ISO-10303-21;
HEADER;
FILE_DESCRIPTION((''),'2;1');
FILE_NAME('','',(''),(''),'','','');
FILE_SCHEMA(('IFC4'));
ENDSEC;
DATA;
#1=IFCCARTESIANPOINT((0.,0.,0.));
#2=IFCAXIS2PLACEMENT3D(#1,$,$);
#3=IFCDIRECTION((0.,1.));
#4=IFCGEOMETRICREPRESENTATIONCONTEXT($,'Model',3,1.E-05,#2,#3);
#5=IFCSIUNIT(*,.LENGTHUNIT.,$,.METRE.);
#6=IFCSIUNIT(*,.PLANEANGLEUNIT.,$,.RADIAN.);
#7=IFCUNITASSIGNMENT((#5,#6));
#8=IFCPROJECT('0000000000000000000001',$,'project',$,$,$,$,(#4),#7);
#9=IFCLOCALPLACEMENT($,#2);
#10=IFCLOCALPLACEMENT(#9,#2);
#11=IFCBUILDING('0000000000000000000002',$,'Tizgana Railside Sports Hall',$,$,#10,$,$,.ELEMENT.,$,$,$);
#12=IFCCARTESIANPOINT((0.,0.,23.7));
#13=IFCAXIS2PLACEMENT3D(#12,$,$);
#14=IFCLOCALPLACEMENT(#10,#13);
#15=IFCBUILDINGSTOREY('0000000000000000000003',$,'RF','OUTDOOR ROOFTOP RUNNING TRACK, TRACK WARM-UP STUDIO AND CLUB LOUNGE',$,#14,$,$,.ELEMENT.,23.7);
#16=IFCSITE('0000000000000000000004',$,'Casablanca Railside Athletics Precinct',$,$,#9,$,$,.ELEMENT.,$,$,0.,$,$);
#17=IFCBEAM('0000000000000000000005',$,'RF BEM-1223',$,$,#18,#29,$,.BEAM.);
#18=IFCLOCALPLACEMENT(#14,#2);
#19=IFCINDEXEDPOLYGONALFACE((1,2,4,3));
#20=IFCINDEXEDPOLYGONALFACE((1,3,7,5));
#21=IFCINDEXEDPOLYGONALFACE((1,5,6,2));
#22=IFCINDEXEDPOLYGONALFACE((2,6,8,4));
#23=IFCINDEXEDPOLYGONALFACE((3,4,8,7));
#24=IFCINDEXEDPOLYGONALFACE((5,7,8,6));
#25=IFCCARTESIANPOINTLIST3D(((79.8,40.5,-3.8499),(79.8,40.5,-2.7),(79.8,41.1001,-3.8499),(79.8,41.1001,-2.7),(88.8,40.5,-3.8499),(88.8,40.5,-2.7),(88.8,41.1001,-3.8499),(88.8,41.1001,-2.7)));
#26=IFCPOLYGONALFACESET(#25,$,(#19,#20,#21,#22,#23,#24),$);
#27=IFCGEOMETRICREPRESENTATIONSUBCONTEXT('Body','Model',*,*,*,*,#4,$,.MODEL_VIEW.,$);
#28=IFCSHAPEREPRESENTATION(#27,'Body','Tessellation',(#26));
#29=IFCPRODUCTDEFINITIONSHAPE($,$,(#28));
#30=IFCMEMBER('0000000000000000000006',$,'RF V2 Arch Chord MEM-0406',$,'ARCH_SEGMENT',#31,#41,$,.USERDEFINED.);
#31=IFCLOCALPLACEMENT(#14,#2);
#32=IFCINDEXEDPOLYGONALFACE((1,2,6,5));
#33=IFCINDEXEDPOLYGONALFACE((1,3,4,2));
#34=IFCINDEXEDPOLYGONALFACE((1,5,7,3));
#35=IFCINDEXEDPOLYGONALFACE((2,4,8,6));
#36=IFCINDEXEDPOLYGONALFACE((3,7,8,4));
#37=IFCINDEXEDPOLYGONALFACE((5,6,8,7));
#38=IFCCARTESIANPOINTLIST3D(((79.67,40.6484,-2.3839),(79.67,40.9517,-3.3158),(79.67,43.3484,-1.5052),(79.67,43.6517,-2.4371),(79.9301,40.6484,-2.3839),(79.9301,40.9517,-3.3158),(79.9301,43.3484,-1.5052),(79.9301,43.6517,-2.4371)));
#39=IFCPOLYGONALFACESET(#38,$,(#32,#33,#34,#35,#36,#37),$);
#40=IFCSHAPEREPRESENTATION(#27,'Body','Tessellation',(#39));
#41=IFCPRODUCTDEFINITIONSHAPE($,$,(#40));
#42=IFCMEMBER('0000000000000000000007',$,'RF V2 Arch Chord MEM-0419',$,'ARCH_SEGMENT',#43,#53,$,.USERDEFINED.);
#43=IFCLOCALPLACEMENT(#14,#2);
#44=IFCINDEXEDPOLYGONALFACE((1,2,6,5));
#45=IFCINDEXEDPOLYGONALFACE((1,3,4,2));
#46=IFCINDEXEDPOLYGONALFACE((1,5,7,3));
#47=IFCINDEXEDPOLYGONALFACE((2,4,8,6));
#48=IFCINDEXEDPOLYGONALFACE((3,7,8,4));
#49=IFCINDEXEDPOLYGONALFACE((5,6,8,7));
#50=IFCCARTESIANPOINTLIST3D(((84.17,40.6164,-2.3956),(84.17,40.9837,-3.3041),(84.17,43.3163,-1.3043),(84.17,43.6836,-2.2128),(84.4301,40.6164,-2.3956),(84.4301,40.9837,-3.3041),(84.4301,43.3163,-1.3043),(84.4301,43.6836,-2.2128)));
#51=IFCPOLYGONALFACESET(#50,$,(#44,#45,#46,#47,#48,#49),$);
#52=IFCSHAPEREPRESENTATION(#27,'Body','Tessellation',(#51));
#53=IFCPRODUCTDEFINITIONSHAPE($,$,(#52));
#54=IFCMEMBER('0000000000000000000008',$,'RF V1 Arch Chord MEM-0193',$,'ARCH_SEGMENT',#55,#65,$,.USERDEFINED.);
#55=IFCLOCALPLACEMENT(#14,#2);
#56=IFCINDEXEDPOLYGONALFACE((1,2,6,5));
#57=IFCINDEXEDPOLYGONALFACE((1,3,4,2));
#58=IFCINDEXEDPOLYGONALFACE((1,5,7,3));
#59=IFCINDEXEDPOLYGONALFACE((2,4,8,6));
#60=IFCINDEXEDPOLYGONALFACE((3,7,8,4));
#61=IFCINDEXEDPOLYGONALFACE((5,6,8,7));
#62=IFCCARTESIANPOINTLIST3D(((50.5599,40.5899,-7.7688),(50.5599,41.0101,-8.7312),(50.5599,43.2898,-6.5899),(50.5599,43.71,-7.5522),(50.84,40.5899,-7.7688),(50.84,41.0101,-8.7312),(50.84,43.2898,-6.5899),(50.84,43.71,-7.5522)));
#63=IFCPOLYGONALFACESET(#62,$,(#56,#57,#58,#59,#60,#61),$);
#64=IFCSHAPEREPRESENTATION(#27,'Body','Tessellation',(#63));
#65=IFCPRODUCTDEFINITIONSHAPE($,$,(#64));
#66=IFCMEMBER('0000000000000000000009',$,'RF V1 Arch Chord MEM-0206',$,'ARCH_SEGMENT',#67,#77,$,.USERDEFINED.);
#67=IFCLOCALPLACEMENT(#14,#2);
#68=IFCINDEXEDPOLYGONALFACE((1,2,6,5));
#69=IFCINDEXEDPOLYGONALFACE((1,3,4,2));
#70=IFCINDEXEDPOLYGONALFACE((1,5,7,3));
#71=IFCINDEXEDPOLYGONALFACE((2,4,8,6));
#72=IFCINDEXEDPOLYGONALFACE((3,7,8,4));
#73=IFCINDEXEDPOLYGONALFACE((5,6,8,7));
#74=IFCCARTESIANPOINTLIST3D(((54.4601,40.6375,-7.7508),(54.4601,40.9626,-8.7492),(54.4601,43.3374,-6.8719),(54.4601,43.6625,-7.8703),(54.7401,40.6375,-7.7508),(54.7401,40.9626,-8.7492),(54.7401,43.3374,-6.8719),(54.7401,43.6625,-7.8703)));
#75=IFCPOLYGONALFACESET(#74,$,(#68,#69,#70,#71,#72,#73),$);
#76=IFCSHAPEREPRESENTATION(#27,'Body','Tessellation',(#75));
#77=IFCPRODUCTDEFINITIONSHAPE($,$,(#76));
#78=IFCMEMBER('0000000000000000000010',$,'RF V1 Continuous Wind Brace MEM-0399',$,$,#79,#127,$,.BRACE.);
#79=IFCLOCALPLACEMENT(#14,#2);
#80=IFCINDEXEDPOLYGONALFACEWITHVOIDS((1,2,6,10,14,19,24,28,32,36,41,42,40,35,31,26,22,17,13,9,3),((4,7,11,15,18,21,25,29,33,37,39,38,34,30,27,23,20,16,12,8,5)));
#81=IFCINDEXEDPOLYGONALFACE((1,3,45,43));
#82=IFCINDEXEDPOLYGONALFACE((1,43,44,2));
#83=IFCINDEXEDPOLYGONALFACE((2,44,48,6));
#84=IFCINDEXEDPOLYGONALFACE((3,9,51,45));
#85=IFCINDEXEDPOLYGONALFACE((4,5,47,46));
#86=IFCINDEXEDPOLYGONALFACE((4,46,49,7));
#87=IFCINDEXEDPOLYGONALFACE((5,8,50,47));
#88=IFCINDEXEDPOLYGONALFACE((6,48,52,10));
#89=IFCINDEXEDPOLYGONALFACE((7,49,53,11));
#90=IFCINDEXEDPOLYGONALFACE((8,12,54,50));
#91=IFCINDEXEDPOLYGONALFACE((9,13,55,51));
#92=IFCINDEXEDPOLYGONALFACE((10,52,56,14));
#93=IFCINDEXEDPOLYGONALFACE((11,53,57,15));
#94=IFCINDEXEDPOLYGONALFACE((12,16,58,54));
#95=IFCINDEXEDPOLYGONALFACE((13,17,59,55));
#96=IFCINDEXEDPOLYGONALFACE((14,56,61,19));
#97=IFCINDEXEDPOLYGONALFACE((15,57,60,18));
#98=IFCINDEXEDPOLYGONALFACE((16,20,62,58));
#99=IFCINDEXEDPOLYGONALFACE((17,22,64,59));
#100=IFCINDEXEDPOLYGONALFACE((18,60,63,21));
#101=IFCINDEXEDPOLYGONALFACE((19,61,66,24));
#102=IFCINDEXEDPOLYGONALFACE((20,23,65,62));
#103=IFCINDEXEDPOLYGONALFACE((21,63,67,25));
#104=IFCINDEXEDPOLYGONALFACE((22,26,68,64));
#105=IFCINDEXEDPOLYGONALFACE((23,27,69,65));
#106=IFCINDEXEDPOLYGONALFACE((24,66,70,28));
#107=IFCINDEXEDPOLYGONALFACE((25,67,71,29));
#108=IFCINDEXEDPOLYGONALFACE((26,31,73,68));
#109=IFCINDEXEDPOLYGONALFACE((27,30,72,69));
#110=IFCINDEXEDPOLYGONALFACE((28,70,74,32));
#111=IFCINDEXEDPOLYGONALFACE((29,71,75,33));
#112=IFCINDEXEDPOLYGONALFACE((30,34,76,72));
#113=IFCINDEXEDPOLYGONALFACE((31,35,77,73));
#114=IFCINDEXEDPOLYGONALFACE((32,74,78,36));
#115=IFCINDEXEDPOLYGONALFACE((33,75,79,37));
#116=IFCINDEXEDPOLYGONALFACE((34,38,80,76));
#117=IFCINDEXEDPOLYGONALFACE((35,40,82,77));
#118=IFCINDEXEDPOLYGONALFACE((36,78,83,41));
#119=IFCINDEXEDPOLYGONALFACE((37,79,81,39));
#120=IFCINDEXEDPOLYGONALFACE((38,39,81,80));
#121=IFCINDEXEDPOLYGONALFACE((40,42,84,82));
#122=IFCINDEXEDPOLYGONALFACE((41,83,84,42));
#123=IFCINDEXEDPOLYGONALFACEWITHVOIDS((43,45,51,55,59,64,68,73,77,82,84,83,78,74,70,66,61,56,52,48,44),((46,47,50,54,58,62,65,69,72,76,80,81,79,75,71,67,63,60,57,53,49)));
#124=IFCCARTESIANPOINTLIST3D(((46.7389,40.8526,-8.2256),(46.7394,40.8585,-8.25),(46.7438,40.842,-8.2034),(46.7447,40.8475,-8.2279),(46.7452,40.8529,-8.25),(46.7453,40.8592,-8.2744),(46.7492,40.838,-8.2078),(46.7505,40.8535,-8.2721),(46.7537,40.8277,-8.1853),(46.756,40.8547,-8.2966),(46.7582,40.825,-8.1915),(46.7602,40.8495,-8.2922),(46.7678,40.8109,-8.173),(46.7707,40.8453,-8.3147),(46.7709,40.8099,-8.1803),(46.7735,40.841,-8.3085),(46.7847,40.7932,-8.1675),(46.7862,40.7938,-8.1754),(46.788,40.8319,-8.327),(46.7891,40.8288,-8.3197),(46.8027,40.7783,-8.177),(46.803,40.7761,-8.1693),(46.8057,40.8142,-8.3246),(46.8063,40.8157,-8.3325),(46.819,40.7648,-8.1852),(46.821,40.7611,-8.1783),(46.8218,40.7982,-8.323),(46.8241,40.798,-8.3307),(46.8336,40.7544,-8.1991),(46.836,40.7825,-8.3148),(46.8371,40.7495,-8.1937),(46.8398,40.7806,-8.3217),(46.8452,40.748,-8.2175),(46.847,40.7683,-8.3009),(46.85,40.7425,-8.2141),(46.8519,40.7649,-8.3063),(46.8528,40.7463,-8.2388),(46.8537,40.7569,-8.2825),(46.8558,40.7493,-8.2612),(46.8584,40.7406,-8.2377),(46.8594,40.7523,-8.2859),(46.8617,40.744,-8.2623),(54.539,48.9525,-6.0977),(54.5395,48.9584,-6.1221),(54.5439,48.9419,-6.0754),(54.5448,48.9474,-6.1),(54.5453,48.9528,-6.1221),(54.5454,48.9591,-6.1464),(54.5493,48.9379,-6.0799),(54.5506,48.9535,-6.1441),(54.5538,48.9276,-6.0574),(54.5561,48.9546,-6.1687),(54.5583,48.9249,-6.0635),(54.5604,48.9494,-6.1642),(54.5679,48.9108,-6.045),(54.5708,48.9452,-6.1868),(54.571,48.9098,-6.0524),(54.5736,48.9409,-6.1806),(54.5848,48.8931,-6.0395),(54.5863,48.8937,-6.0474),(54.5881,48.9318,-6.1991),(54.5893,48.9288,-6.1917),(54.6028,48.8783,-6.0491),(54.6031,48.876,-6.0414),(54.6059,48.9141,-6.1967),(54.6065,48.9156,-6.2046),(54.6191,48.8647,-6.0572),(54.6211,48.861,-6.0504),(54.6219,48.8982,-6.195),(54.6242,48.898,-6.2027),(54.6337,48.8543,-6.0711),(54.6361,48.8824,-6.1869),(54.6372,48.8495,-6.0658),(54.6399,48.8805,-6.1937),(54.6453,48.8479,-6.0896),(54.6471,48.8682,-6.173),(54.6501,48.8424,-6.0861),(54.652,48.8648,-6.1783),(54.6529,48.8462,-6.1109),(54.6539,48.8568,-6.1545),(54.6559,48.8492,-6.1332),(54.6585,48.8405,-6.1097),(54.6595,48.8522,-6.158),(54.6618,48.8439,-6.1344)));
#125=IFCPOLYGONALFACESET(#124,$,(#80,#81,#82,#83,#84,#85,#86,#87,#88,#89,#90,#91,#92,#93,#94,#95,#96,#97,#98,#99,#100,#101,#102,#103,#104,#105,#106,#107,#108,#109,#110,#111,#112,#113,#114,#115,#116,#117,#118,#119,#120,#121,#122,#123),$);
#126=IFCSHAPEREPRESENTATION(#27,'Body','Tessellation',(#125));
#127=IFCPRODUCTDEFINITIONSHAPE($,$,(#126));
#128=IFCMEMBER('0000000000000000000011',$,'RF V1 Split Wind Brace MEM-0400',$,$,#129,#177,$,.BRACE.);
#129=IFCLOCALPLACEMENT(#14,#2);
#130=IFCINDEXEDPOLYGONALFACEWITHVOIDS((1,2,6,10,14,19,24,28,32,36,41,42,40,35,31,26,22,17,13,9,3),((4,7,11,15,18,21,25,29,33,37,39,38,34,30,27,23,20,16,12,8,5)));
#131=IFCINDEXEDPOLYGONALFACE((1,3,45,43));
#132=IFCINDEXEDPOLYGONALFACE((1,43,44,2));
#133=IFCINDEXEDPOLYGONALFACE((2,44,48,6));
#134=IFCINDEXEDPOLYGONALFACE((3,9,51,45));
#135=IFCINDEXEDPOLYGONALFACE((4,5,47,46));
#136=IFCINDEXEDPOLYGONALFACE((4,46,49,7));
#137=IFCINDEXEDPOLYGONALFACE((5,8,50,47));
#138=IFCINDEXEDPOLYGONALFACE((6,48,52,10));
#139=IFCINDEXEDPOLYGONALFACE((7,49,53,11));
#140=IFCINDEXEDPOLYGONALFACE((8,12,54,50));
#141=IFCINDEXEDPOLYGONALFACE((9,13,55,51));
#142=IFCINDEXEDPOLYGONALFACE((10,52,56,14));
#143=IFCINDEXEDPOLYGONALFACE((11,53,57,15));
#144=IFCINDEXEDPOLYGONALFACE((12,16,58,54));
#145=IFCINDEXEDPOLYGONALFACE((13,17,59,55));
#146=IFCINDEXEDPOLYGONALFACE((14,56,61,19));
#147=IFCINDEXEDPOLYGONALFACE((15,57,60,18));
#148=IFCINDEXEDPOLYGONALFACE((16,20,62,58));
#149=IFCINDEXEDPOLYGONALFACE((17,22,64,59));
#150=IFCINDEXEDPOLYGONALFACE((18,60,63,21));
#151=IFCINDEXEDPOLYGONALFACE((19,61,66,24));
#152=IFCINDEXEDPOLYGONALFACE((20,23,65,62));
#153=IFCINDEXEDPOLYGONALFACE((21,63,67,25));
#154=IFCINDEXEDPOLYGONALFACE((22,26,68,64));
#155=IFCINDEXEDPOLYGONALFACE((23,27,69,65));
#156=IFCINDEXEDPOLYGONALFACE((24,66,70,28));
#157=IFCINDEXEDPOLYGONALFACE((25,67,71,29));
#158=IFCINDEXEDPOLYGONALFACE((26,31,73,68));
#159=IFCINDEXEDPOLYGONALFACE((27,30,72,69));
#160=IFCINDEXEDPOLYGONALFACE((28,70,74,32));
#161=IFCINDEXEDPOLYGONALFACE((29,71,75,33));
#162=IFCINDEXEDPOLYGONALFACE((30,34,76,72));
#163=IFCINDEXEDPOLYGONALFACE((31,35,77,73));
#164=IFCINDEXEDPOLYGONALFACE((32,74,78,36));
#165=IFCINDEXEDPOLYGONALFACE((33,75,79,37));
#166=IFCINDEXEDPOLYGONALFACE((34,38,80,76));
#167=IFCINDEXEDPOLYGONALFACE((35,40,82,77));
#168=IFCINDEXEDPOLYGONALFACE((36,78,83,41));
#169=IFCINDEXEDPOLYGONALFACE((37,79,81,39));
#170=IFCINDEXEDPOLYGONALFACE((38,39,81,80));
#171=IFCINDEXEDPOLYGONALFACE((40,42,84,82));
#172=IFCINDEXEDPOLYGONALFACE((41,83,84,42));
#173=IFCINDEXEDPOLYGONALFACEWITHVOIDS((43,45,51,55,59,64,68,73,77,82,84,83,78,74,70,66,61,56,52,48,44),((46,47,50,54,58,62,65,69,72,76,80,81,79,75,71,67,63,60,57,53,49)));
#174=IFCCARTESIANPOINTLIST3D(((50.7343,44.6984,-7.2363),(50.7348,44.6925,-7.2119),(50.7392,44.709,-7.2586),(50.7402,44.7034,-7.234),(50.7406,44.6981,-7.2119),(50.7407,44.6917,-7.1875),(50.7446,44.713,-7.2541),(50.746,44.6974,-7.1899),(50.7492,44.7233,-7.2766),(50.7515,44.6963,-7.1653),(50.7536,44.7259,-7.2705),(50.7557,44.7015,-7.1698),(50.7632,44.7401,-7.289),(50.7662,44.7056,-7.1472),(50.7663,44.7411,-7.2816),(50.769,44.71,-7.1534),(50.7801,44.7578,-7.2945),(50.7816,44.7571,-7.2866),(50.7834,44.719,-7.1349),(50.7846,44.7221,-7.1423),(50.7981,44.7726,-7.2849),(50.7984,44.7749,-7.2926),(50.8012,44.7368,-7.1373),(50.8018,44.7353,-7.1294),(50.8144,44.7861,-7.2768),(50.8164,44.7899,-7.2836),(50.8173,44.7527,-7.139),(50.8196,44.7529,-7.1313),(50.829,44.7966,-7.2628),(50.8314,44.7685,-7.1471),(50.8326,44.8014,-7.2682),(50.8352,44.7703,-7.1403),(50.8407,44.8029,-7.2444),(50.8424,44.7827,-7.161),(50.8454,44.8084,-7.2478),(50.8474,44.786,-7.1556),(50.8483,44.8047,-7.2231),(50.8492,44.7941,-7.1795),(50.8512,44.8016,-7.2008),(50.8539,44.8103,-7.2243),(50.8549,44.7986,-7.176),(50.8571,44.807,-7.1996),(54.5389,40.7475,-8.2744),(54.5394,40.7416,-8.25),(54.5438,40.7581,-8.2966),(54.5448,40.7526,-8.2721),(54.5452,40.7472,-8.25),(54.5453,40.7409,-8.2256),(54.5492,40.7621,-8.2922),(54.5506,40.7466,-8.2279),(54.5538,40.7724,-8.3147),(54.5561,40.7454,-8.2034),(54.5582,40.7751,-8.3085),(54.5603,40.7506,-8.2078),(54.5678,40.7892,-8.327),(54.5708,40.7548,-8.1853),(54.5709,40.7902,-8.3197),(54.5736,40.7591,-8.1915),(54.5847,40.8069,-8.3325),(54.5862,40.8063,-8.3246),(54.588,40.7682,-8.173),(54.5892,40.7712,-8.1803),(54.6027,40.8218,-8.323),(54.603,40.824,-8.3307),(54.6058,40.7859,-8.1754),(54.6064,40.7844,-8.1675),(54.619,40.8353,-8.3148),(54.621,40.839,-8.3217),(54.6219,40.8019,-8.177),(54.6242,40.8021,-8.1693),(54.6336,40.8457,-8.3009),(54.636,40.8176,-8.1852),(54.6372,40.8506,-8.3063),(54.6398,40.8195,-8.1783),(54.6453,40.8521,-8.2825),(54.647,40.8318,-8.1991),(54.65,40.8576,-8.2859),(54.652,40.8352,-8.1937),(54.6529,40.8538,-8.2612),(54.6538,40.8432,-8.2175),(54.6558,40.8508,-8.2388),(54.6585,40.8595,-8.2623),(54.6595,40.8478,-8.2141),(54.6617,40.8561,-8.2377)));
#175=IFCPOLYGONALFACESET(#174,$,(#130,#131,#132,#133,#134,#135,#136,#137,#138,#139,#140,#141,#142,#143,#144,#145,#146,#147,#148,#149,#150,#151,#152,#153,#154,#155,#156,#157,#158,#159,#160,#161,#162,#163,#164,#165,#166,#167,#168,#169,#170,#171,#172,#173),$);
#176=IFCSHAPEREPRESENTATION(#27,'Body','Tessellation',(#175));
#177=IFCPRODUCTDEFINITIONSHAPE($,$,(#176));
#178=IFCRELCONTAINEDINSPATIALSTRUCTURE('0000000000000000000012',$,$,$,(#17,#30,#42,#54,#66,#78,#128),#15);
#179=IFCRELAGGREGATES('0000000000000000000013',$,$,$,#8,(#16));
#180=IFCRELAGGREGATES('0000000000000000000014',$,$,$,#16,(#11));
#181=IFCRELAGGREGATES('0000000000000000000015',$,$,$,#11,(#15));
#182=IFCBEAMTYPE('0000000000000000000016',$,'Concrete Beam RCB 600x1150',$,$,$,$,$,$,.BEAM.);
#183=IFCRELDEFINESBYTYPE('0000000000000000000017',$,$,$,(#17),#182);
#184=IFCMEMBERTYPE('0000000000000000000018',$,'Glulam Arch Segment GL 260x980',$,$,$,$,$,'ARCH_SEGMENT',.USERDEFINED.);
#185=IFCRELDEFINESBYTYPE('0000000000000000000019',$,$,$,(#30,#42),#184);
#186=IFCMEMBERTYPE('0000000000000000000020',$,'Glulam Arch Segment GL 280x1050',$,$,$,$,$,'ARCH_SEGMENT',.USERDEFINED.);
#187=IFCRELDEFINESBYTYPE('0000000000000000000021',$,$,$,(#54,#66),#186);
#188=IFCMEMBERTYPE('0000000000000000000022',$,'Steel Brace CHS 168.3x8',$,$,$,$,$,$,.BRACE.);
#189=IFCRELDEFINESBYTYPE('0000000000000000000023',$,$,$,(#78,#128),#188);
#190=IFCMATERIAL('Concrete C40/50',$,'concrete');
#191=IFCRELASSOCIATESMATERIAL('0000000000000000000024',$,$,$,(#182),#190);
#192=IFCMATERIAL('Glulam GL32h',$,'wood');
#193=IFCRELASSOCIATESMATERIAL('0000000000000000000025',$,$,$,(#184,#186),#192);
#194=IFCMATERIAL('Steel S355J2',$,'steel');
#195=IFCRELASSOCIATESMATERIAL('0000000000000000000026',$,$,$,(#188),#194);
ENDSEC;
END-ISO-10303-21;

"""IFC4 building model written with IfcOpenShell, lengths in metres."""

from ifc_helpers import new_model, si_unit, direction, frame, origin, origin_2d, place, context, subcontext, project, spatial, rectangle, hollow_circle, extrude, material, material_profile, profile_set, type_object, element, save


model = new_model("IFC4")

# Units and contexts
model_context = context("Model", 3, precision=1e-05, world=origin(), true_north=direction((0.0, 1.0)))
body_context = subcontext(model_context, "Body", "Model", "MODEL_VIEW")
ifc_project = project(units=[si_unit("LENGTHUNIT", "METRE"), si_unit("PLANEANGLEUNIT", "RADIAN")], contexts=[model_context])

# Site, building, storey
site_placement = place(None, origin())
site = spatial("IfcSite", under=ifc_project, at=site_placement, Name="Casablanca Railside Athletics Precinct", CompositionType="ELEMENT", RefElevation=0.0)
building_placement = place(site_placement, origin())
building = spatial("IfcBuilding", under=site, at=building_placement, Name="Tizgana Railside Sports Hall", CompositionType="ELEMENT")
storey_placement = place(building_placement, frame((0.0, 0.0, 23.7)))
storey = spatial("IfcBuildingStorey", under=building, at=storey_placement, Name="RF", Description="OUTDOOR ROOFTOP RUNNING TRACK, TRACK WARM-UP STUDIO AND CLUB LOUNGE", CompositionType="ELEMENT", Elevation=23.7)

# Beam
ifc_material_1 = material(Name="Concrete C40/50", Category="concrete")
ifc_material_profile_1 = material_profile(ifc_material_1, rectangle(XDim=0.6001, YDim=1.1499, at=origin_2d()), Name="RCB 600x1150")
ifc_profile_set_1 = profile_set([ifc_material_profile_1], Name="Concrete C40/50")
beam_type = type_object("IfcBeamType", Name="Concrete Beam RCB 600x1150", PredefinedType="BEAM", material=ifc_profile_set_1)
beam_placement = place(storey_placement, frame((79.8, 40.8, -3.2749), z_axis=(1.0, 0.0, 0.0), x_axis=(0.0, 1.0, 0.0)))
element("IfcBeam", 1, at=beam_placement, inside=storey, type_object=beam_type, Name="RF BEM-1223", PredefinedType="BEAM", context=body_context, shape_type="SweptSolid", body=[
    extrude(rectangle(XDim=0.6001, YDim=1.1499, at=origin_2d()), origin(), (0.0, 0.0, 1.0), 9.0),
])

# Members
ifc_material_2 = material(Name="Glulam GL32h", Category="wood")
ifc_material_profile_2 = material_profile(ifc_material_2, rectangle(XDim=0.26, YDim=0.98, at=origin_2d()), Name="GL 260x980")
ifc_profile_set_2 = profile_set([ifc_material_profile_2], Name="Glulam GL32h")
member_type_1 = type_object("IfcMemberType", Name="Glulam Arch Segment GL 260x980", ElementType="ARCH_SEGMENT", PredefinedType="USERDEFINED", material=ifc_profile_set_2)
member_1_placement = place(storey_placement, frame((79.8, 40.8, -2.8499), z_axis=(0.0, 0.950912, 0.309461), x_axis=(-1.0, 0.0, 0.0)))
element("IfcMember", 2, at=member_1_placement, inside=storey, type_object=member_type_1, Name="RF V2 Arch Chord MEM-0406", ObjectType="ARCH_SEGMENT", PredefinedType="USERDEFINED", context=body_context, shape_type="SweptSolid", body=[
    extrude(rectangle(XDim=0.26, YDim=0.98, at=origin_2d()), origin(), (0.0, 0.0, 1.0), 2.8394),
])
member_2_placement = place(storey_placement, frame((84.3, 40.8, -2.8499), z_axis=(0.0, 0.927129, 0.374742), x_axis=(-1.0, 0.0, 0.0)))
element("IfcMember", 3, at=member_2_placement, inside=storey, type_object=member_type_1, Name="RF V2 Arch Chord MEM-0419", ObjectType="ARCH_SEGMENT", PredefinedType="USERDEFINED", context=body_context, shape_type="SweptSolid", body=[
    extrude(rectangle(XDim=0.26, YDim=0.98, at=origin_2d()), origin(), (0.0, 0.0, 1.0), 2.9121),
])
ifc_material_profile_3 = material_profile(ifc_material_2, rectangle(XDim=0.28, YDim=1.05, at=origin_2d()), Name="GL 280x1050")
ifc_profile_set_3 = profile_set([ifc_material_profile_3], Name="Glulam GL32h")
member_type_2 = type_object("IfcMemberType", Name="Glulam Arch Segment GL 280x1050", ElementType="ARCH_SEGMENT", PredefinedType="USERDEFINED", material=ifc_profile_set_3)
member_3_placement = place(storey_placement, frame((50.7, 40.8, -8.25), z_axis=(0.0, 0.91644, 0.400171), x_axis=(-1.0, 0.0, 0.0)))
element("IfcMember", 4, at=member_3_placement, inside=storey, type_object=member_type_2, Name="RF V1 Arch Chord MEM-0193", ObjectType="ARCH_SEGMENT", PredefinedType="USERDEFINED", context=body_context, shape_type="SweptSolid", body=[
    extrude(rectangle(XDim=0.28, YDim=1.05, at=origin_2d()), origin(), (0.0, 0.0, 1.0), 2.946),
])
member_4_placement = place(storey_placement, frame((54.6001, 40.8, -8.25), z_axis=(0.0, 0.950887, 0.309539), x_axis=(-1.0, 0.0, 0.0)))
element("IfcMember", 5, at=member_4_placement, inside=storey, type_object=member_type_2, Name="RF V1 Arch Chord MEM-0206", ObjectType="ARCH_SEGMENT", PredefinedType="USERDEFINED", context=body_context, shape_type="SweptSolid", body=[
    extrude(rectangle(XDim=0.28, YDim=1.05, at=origin_2d()), origin(), (0.0, 0.0, 1.0), 2.8394),
])
ifc_material_3 = material(Name="Steel S355J2", Category="steel")
ifc_material_profile_4 = material_profile(ifc_material_3, hollow_circle(Radius=0.0842, WallThickness=0.0081, at=origin_2d()), Name="CHS 168.3x8")
ifc_profile_set_4 = profile_set([ifc_material_profile_4], Name="Steel S355J2")
member_type_3 = type_object("IfcMemberType", Name="Steel Brace CHS 168.3x8", PredefinedType="BRACE", material=ifc_profile_set_4)
member_5_placement = place(storey_placement, frame((46.8, 40.8, -8.25), z_axis=(0.681555, 0.707751, 0.185935), x_axis=(-0.720312, 0.69365, 0.0)))
element("IfcMember", 6, at=member_5_placement, inside=storey, type_object=member_type_3, Name="RF V1 Continuous Wind Brace MEM-0399", PredefinedType="BRACE", context=body_context, shape_type="SweptSolid", body=[
    extrude(hollow_circle(Radius=0.0842, WallThickness=0.0081, at=origin_2d()), origin(), (0.0, 0.0, 1.0), 11.4446),
])
member_6_placement = place(storey_placement, frame((54.6001, 40.8, -8.25), z_axis=(-0.681551, 0.707748, 0.185957), x_axis=(-0.720312, -0.69365, 0.0)))
element("IfcMember", 7, at=member_6_placement, inside=storey, type_object=member_type_3, Name="RF V1 Split Wind Brace MEM-0400", PredefinedType="BRACE", context=body_context, shape_type="SweptSolid", body=[
    extrude(hollow_circle(Radius=0.0842, WallThickness=0.0081, at=origin_2d()), origin(), (0.0, 0.0, 1.0), 5.5823),
])

save(model, "model.ifc")
